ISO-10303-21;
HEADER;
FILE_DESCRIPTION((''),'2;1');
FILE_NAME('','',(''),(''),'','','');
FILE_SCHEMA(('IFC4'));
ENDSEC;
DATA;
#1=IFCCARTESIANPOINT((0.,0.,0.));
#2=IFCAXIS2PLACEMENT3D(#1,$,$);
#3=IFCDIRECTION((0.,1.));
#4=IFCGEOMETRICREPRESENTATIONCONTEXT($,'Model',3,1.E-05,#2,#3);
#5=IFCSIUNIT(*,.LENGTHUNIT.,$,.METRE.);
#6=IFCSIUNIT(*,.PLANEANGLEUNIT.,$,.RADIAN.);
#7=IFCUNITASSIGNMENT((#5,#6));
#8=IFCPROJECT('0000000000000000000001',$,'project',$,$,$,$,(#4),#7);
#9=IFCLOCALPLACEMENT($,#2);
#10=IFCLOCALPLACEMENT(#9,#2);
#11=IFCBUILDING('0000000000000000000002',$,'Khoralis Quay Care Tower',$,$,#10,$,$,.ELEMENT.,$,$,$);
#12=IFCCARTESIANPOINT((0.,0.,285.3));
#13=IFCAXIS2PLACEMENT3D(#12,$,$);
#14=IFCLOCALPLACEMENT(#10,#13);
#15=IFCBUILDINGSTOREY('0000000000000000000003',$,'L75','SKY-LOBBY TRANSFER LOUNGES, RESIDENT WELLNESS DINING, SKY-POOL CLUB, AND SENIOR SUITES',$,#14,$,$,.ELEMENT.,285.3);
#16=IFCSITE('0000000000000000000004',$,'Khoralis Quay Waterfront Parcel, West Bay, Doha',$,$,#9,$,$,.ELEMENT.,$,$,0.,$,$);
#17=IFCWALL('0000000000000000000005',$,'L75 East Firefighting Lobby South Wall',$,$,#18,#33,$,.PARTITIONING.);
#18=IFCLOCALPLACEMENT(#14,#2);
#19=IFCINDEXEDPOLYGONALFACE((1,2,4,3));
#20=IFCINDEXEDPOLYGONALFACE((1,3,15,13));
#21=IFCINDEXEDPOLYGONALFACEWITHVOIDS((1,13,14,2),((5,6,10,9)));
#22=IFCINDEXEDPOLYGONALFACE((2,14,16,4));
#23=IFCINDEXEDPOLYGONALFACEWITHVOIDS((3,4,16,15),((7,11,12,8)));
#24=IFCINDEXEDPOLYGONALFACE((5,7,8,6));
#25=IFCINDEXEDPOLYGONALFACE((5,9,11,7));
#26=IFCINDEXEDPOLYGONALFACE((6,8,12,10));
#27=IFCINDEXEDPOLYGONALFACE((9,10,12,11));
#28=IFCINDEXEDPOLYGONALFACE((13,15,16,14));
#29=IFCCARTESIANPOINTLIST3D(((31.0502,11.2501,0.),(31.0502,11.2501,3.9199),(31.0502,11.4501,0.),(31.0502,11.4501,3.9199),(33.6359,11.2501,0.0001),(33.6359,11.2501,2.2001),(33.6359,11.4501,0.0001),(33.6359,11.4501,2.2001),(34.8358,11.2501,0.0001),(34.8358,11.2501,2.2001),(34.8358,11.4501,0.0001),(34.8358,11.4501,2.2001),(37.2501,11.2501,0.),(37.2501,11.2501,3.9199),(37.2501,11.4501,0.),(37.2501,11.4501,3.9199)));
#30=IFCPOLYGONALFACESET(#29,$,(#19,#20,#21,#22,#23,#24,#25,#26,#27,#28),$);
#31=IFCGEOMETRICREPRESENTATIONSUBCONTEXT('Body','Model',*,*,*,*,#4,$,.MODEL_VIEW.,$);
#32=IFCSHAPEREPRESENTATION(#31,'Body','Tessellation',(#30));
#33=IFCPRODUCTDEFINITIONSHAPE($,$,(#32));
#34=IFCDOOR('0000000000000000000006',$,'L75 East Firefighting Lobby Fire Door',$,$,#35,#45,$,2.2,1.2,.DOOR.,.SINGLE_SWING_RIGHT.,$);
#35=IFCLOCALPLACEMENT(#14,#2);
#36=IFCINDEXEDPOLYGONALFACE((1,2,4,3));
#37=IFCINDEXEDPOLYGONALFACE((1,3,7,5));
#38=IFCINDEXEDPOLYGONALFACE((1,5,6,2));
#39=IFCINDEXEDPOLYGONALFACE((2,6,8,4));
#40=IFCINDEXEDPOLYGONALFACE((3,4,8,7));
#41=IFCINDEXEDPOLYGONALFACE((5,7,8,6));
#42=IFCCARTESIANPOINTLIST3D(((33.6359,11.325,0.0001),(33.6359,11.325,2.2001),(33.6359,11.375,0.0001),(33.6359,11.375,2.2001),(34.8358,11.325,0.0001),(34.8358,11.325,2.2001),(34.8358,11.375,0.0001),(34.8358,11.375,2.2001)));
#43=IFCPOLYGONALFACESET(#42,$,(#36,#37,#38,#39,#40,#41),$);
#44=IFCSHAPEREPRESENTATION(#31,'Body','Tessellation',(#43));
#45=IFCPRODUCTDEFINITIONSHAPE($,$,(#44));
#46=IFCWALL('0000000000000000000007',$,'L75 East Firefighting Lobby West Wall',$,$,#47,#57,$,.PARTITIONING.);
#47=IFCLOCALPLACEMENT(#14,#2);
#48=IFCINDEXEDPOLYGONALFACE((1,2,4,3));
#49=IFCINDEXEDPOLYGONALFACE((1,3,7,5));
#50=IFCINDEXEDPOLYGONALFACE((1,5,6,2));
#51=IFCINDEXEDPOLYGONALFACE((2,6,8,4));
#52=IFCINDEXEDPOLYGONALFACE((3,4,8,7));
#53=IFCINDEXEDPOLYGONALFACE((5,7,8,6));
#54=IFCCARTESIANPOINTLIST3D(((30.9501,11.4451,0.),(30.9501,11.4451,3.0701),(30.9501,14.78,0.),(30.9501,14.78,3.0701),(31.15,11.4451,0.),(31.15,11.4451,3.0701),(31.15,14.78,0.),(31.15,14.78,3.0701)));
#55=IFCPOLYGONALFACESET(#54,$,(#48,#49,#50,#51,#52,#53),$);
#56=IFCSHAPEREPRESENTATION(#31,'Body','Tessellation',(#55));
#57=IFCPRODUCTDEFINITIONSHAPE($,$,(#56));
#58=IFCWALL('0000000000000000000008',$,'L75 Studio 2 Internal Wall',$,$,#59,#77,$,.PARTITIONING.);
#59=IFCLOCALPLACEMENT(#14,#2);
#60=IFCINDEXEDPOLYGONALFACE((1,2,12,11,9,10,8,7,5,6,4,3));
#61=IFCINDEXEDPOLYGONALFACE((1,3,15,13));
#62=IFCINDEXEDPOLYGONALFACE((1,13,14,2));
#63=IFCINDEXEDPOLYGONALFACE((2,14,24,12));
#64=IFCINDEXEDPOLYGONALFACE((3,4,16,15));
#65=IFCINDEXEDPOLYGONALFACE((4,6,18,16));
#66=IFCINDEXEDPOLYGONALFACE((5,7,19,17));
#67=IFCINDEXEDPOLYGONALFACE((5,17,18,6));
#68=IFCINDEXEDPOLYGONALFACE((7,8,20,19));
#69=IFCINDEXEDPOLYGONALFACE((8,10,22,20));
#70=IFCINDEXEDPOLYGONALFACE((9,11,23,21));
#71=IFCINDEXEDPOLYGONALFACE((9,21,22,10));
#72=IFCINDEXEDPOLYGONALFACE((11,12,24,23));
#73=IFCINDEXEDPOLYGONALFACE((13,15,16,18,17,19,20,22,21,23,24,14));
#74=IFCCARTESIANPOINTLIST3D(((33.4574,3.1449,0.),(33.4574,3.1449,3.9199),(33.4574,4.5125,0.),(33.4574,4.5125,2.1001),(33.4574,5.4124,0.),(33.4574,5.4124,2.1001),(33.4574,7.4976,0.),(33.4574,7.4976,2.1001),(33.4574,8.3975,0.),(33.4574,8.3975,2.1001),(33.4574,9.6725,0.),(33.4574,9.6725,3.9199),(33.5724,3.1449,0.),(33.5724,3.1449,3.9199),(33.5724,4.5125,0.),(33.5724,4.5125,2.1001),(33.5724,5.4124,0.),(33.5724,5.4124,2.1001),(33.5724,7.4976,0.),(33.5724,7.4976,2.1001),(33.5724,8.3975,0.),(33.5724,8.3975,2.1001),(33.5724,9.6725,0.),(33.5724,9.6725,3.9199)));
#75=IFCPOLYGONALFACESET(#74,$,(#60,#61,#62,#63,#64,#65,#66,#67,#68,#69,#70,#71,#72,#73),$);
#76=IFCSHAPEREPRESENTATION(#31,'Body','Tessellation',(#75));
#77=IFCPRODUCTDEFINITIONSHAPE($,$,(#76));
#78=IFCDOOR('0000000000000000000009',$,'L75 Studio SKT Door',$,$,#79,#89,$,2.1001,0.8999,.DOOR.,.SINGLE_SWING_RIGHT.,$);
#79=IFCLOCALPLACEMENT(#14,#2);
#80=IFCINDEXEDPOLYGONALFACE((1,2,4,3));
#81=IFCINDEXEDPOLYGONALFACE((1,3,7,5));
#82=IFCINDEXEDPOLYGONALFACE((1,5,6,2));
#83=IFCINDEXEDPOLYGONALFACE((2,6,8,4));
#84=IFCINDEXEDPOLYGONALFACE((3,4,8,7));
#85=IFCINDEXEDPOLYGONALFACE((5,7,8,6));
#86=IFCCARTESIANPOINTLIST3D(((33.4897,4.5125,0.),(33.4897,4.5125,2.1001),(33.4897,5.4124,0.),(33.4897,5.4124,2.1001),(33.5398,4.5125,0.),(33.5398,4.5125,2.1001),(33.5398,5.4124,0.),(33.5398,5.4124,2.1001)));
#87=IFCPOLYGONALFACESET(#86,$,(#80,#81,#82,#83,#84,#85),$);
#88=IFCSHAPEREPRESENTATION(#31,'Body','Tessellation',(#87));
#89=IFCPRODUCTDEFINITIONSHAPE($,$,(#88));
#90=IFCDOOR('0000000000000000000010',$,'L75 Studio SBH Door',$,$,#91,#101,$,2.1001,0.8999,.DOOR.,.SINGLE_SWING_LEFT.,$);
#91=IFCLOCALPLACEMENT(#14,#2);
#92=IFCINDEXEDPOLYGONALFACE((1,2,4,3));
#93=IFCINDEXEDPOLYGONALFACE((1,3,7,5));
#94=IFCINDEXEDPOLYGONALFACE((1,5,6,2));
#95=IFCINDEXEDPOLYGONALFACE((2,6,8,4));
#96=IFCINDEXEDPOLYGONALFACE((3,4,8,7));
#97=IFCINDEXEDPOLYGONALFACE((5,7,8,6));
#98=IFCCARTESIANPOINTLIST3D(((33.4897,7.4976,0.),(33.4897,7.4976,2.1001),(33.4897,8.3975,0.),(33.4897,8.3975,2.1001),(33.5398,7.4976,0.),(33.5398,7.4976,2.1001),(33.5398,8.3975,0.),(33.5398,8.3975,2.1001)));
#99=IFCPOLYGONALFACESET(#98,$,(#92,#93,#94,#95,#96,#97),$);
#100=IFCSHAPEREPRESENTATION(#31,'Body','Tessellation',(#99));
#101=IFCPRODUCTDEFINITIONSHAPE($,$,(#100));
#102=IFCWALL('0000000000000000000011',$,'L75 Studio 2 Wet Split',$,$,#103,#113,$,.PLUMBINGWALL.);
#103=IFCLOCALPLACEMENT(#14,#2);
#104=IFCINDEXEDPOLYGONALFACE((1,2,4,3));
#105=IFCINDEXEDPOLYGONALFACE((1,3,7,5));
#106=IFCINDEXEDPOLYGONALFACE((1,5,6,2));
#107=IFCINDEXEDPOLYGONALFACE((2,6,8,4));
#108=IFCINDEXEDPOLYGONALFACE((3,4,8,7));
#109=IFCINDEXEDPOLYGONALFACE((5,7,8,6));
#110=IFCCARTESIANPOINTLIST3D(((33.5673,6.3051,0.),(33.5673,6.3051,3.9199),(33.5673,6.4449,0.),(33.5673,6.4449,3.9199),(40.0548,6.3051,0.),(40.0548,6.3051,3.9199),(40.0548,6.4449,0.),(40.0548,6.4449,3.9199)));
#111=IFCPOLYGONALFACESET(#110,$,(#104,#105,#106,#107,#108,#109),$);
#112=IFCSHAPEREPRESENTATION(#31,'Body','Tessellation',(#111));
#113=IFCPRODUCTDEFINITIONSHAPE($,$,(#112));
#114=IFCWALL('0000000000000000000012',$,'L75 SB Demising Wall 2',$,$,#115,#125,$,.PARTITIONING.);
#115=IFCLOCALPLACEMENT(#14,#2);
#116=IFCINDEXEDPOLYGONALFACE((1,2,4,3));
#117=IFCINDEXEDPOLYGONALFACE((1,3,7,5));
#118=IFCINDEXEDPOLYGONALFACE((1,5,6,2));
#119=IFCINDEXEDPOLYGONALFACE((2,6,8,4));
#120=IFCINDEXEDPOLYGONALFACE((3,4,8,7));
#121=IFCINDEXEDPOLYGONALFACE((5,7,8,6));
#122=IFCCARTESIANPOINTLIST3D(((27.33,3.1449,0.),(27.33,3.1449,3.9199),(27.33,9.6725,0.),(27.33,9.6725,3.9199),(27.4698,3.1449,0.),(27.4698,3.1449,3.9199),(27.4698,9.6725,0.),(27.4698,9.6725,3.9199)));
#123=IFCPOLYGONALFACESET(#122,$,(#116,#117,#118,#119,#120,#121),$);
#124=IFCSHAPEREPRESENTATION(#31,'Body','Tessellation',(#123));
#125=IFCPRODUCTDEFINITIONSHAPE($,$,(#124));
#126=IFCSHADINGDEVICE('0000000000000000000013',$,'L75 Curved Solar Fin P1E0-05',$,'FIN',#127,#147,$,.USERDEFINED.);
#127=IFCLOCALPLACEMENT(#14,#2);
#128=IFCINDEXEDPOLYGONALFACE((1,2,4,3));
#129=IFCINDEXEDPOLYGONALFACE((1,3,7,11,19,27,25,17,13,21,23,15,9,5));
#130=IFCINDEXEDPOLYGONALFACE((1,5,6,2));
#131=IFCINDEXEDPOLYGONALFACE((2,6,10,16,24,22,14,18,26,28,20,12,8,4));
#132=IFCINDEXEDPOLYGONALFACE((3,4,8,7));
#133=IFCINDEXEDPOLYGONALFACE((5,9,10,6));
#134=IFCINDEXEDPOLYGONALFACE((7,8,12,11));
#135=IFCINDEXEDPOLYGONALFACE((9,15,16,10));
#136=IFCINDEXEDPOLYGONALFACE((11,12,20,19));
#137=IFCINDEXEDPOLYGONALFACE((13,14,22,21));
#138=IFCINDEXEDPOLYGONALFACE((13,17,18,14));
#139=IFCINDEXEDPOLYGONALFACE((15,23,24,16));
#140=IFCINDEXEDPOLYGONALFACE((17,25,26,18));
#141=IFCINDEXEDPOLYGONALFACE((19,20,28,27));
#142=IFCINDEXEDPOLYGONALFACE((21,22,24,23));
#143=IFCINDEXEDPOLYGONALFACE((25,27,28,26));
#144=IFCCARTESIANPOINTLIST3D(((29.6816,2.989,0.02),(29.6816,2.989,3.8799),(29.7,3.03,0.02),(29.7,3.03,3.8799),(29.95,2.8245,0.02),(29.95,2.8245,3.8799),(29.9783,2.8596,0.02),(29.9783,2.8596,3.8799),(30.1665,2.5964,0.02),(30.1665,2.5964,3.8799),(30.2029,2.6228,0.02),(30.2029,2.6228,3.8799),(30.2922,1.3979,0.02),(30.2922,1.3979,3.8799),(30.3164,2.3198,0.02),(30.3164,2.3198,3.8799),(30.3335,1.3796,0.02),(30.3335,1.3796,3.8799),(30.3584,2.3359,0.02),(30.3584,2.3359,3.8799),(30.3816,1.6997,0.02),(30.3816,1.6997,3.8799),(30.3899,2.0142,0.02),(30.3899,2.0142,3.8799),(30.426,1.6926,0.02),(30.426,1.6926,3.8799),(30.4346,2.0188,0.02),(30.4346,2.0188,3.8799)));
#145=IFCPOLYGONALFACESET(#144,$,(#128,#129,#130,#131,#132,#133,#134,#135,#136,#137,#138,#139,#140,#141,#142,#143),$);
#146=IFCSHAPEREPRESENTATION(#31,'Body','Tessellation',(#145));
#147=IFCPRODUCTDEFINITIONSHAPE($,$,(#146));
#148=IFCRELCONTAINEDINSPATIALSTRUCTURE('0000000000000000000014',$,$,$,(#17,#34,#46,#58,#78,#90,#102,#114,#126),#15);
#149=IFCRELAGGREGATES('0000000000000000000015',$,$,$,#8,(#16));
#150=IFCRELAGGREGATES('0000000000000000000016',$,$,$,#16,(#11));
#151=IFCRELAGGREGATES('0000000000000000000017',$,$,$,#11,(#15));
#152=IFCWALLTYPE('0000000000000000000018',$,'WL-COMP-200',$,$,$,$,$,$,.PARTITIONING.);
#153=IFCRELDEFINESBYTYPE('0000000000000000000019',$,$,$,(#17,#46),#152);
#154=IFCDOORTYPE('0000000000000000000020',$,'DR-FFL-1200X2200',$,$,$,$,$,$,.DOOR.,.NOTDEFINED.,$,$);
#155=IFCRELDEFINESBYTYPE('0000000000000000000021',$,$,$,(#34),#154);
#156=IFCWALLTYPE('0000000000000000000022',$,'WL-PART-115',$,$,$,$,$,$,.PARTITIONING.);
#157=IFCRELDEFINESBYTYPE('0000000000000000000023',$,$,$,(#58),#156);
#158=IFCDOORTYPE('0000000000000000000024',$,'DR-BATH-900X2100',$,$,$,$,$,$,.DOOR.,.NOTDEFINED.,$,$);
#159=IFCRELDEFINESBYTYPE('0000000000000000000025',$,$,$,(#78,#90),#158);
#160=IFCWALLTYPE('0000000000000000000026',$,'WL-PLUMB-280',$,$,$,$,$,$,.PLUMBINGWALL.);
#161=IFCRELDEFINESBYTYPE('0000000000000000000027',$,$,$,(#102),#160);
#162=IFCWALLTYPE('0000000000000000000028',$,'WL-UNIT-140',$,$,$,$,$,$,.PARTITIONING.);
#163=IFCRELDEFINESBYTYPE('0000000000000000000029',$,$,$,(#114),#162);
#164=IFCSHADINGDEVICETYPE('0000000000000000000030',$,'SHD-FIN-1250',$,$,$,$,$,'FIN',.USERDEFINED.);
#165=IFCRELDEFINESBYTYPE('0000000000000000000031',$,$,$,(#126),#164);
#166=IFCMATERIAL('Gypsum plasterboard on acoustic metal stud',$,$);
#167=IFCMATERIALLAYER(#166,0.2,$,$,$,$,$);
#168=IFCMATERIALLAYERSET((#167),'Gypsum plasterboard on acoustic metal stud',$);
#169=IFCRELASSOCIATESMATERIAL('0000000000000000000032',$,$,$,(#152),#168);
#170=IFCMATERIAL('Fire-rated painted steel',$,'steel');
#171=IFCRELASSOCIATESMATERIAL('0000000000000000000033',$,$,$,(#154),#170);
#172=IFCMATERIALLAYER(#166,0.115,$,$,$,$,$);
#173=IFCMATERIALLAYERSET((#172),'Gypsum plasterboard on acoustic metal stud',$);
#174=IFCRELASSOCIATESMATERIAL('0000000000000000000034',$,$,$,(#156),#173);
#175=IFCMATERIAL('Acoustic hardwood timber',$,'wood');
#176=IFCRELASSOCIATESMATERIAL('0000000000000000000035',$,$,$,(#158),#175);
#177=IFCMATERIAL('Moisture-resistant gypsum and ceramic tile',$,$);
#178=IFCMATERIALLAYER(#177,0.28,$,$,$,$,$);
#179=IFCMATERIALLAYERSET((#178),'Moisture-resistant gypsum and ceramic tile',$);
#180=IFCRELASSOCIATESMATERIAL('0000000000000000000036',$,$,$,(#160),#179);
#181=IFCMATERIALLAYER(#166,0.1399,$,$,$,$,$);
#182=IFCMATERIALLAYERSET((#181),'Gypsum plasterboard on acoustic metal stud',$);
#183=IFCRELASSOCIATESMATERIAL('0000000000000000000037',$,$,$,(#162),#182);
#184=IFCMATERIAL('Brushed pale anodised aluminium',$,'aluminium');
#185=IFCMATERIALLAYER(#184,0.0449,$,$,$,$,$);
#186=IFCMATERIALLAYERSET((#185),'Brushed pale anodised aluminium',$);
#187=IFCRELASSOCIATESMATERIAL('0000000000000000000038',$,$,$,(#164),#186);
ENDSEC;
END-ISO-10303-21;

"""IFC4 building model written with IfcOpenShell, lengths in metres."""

from ifc_helpers import new_model, si_unit, direction, frame, frame_2d, origin, place, context, subcontext, project, spatial, polyline, rectangle, outline, extrude, source, transform, mapped, material, layer, layer_set, type_object, element, fill, save


model = new_model("IFC4")

# Units and contexts
model_context = context("Model", 3, precision=1e-05, world=origin(), true_north=direction((0.0, 1.0)))
body_context = subcontext(model_context, "Body", "Model", "MODEL_VIEW")
ifc_project = project(units=[si_unit("LENGTHUNIT", "METRE"), si_unit("PLANEANGLEUNIT", "RADIAN")], contexts=[model_context])

# Site, building, storey
site_placement = place(None, origin())
site = spatial("IfcSite", under=ifc_project, at=site_placement, Name="Khoralis Quay Waterfront Parcel, West Bay, Doha", CompositionType="ELEMENT", RefElevation=0.0)
building_placement = place(site_placement, origin())
building = spatial("IfcBuilding", under=site, at=building_placement, Name="Khoralis Quay Care Tower", CompositionType="ELEMENT")
storey_placement = place(building_placement, frame((0.0, 0.0, 285.3)))
storey = spatial("IfcBuildingStorey", under=building, at=storey_placement, Name="L75", Description="SKY-LOBBY TRANSFER LOUNGES, RESIDENT WELLNESS DINING, SKY-POOL CLUB, AND SENIOR SUITES", CompositionType="ELEMENT", Elevation=285.3)

# Wall, opening, door
ifc_material_1 = material(Name="Gypsum plasterboard on acoustic metal stud")
ifc_layer_1 = layer(ifc_material_1, 0.2)
ifc_layer_set_1 = layer_set([ifc_layer_1], Name="Gypsum plasterboard on acoustic metal stud")
wall_type_1 = type_object("IfcWallType", Name="WL-COMP-200", PredefinedType="PARTITIONING", material=ifc_layer_set_1)
wall_1_placement = place(storey_placement, frame((31.05, 11.3501, 0.0), z_axis=(0.0, 0.0, 1.0), x_axis=(1.0, 0.0, 0.0)))
wall_1 = element("IfcWall", 1, at=wall_1_placement, inside=storey, type_object=wall_type_1, Name="L75 East Firefighting Lobby South Wall", PredefinedType="PARTITIONING", context=body_context, shape_type="SweptSolid", body=[
    extrude(rectangle(XDim=6.2, YDim=0.2, at=frame_2d((3.1001, 0.0))), origin(), (0.0, 0.0, 1.0), 3.9199),
])
opening_1_placement = place(wall_1_placement, frame((2.5857, 0.0, 0.0)))
opening_1 = element("IfcOpeningElement", 2, at=opening_1_placement, cuts=wall_1, PredefinedType="OPENING", context=body_context, shape_type="SweptSolid", body=[
    extrude(rectangle(XDim=1.2, YDim=2.2, at=frame_2d((0.6001, 1.1001))), frame((0.0, 0.1099, 0.0), z_axis=(0.0, -1.0, 0.0), x_axis=(1.0, 0.0, 0.0)), (0.0, 0.0, 1.0), 0.22),
])
ifc_material_2 = material(Name="Fire-rated painted steel", Category="steel")
door_type_1 = type_object("IfcDoorType", Name="DR-FFL-1200X2200", OperationType="NOTDEFINED", PredefinedType="DOOR", material=ifc_material_2)
shared_shape_1 = source(origin(), body_context, "Body", "SweptSolid", [
    extrude(rectangle(XDim=1.2, YDim=2.2, at=frame_2d((0.6001, 1.1001))), frame((0.0, 0.0249, 0.0), z_axis=(0.0, -1.0, 0.0), x_axis=(1.0, 0.0, 0.0)), (0.0, 0.0, 1.0), 0.05),
])
door_1_placement = place(opening_1_placement, origin())
door_1 = element("IfcDoor", 3, at=door_1_placement, inside=storey, type_object=door_type_1, Name="L75 East Firefighting Lobby Fire Door", OperationType="SINGLE_SWING_RIGHT", OverallHeight=2.2, OverallWidth=1.2, PredefinedType="DOOR", context=body_context, shape_type="MappedRepresentation", body=[
    mapped(shared_shape_1, transform((0.0, 0.0, 0.0), scale=1.0)),
])
fill(opening_1, door_1)

# Wall
wall_2_placement = place(storey_placement, frame((31.05, 11.4451, 0.0), z_axis=(0.0, 0.0, 1.0), x_axis=(0.0, 1.0, 0.0)))
element("IfcWall", 4, at=wall_2_placement, inside=storey, type_object=wall_type_1, Name="L75 East Firefighting Lobby West Wall", PredefinedType="PARTITIONING", context=body_context, shape_type="SweptSolid", body=[
    extrude(rectangle(XDim=3.335, YDim=0.2, at=frame_2d((1.6675, 0.0))), origin(), (0.0, 0.0, 1.0), 3.0701),
])

# Wall, openings, doors
ifc_layer_2 = layer(ifc_material_1, 0.115)
ifc_layer_set_2 = layer_set([ifc_layer_2], Name="Gypsum plasterboard on acoustic metal stud")
wall_type_2 = type_object("IfcWallType", Name="WL-PART-115", PredefinedType="PARTITIONING", material=ifc_layer_set_2)
wall_3_placement = place(storey_placement, frame((33.5149, 3.145, 0.0), z_axis=(0.0, 0.0, 1.0), x_axis=(0.0, 1.0, 0.0)))
wall_3 = element("IfcWall", 5, at=wall_3_placement, inside=storey, type_object=wall_type_2, Name="L75 Studio 2 Internal Wall", PredefinedType="PARTITIONING", context=body_context, shape_type="SweptSolid", body=[
    extrude(rectangle(XDim=6.5276, YDim=0.115, at=frame_2d((3.2637, 0.0))), origin(), (0.0, 0.0, 1.0), 3.9199),
])
opening_2_placement = place(wall_3_placement, frame((1.3674, 0.0, 0.0)))
opening_2 = element("IfcOpeningElement", 6, at=opening_2_placement, cuts=wall_3, PredefinedType="OPENING", context=body_context, shape_type="SweptSolid", body=[
    extrude(rectangle(XDim=0.8999, YDim=2.1001, at=frame_2d((0.45, 1.05))), frame((0.0, 0.0674, 0.0), z_axis=(0.0, -1.0, 0.0), x_axis=(1.0, 0.0, 0.0)), (0.0, 0.0, 1.0), 0.135),
])
opening_3_placement = place(wall_3_placement, frame((4.3525, 0.0, 0.0)))
opening_3 = element("IfcOpeningElement", 7, at=opening_3_placement, cuts=wall_3, PredefinedType="OPENING", context=body_context, shape_type="SweptSolid", body=[
    extrude(rectangle(XDim=0.8999, YDim=2.1001, at=frame_2d((0.45, 1.05))), frame((0.0, 0.0674, 0.0), z_axis=(0.0, -1.0, 0.0), x_axis=(1.0, 0.0, 0.0)), (0.0, 0.0, 1.0), 0.135),
])
ifc_material_3 = material(Name="Acoustic hardwood timber", Category="wood")
door_type_2 = type_object("IfcDoorType", Name="DR-BATH-900X2100", OperationType="NOTDEFINED", PredefinedType="DOOR", material=ifc_material_3)
shared_shape_2 = source(origin(), body_context, "Body", "SweptSolid", [
    extrude(rectangle(XDim=0.8999, YDim=2.1001, at=frame_2d((0.45, 1.05))), frame((0.0, 0.0249, 0.0), z_axis=(0.0, -1.0, 0.0), x_axis=(1.0, 0.0, 0.0)), (0.0, 0.0, 1.0), 0.05),
])
door_2_placement = place(opening_2_placement, frame((0.8999, 0.0, 0.0), z_axis=(0.0, 0.0, 1.0), x_axis=(-1.0, 0.0, 0.0)))
door_2 = element("IfcDoor", 8, at=door_2_placement, inside=storey, type_object=door_type_2, Name="L75 Studio SKT Door", OperationType="SINGLE_SWING_RIGHT", OverallHeight=2.1001, OverallWidth=0.8999, PredefinedType="DOOR", context=body_context, shape_type="MappedRepresentation", body=[
    mapped(shared_shape_2, transform((0.0, 0.0, 0.0), scale=1.0)),
])
fill(opening_2, door_2)
door_3_placement = place(opening_3_placement, frame((0.8999, 0.0, 0.0), z_axis=(0.0, 0.0, 1.0), x_axis=(-1.0, 0.0, 0.0)))
door_3 = element("IfcDoor", 9, at=door_3_placement, inside=storey, type_object=door_type_2, Name="L75 Studio SBH Door", OperationType="SINGLE_SWING_LEFT", OverallHeight=2.1001, OverallWidth=0.8999, PredefinedType="DOOR", context=body_context, shape_type="MappedRepresentation", body=[
    mapped(shared_shape_2, transform((0.0, 0.0, 0.0), scale=1.0)),
])
fill(opening_3, door_3)

# Walls
ifc_material_4 = material(Name="Moisture-resistant gypsum and ceramic tile")
ifc_layer_3 = layer(ifc_material_4, 0.28)
ifc_layer_set_3 = layer_set([ifc_layer_3], Name="Moisture-resistant gypsum and ceramic tile")
wall_type_3 = type_object("IfcWallType", Name="WL-PLUMB-280", PredefinedType="PLUMBINGWALL", material=ifc_layer_set_3)
wall_4_placement = place(storey_placement, frame((33.5674, 6.375, 0.0), z_axis=(0.0, 0.0, 1.0), x_axis=(1.0, 0.0, 0.0)))
element("IfcWall", 10, at=wall_4_placement, inside=storey, type_object=wall_type_3, Name="L75 Studio 2 Wet Split", PredefinedType="PLUMBINGWALL", context=body_context, shape_type="SweptSolid", body=[
    extrude(rectangle(XDim=6.4875, YDim=0.1399, at=frame_2d((3.2437, 0.0))), origin(), (0.0, 0.0, 1.0), 3.9199),
])
ifc_layer_4 = layer(ifc_material_1, 0.1399)
ifc_layer_set_4 = layer_set([ifc_layer_4], Name="Gypsum plasterboard on acoustic metal stud")
wall_type_4 = type_object("IfcWallType", Name="WL-UNIT-140", PredefinedType="PARTITIONING", material=ifc_layer_set_4)
wall_5_placement = place(storey_placement, frame((27.3999, 3.145, 0.0), z_axis=(0.0, 0.0, 1.0), x_axis=(0.0, 1.0, 0.0)))
element("IfcWall", 11, at=wall_5_placement, inside=storey, type_object=wall_type_4, Name="L75 SB Demising Wall 2", PredefinedType="PARTITIONING", context=body_context, shape_type="SweptSolid", body=[
    extrude(rectangle(XDim=6.5276, YDim=0.1399, at=frame_2d((3.2637, 0.0))), origin(), (0.0, 0.0, 1.0), 3.9199),
])

# Shading device
ifc_material_5 = material(Name="Brushed pale anodised aluminium", Category="aluminium")
ifc_layer_5 = layer(ifc_material_5, 0.0449)
ifc_layer_set_5 = layer_set([ifc_layer_5], Name="Brushed pale anodised aluminium")
shading_device_type = type_object("IfcShadingDeviceType", Name="SHD-FIN-1250", ElementType="FIN", PredefinedType="USERDEFINED", material=ifc_layer_set_5)
shared_shape_3 = source(origin(), body_context, "Body", "SweptSolid", [
    extrude(outline(polyline([(0.0, 0.0), (0.1704, 0.2783), (0.4072, 0.5029), (0.6941, 0.6584), (1.0112, 0.7346), (1.3374, 0.7261), (1.6504, 0.6335), (1.6321, 0.5923), (1.3303, 0.6816), (1.0159, 0.6899), (0.7102, 0.6165), (0.4336, 0.4666), (0.2056, 0.25), (0.041, -0.0183), (0.0, 0.0)])), origin(), (0.0, 0.0, 1.0), 3.8599),
])
shading_device_1_placement = place(storey_placement, frame((29.7, 3.03, 0.02), z_axis=(0.0, 0.0, 1.0), x_axis=(0.0, -1.0, 0.0)))
element("IfcShadingDevice", 12, at=shading_device_1_placement, inside=storey, type_object=shading_device_type, Name="L75 Curved Solar Fin P1E0-05", ObjectType="FIN", PredefinedType="USERDEFINED", context=body_context, shape_type="MappedRepresentation", body=[
    mapped(shared_shape_3, transform((0.0, 0.0, 0.0), scale=1.0)),
])

save(model, "model.ifc")
